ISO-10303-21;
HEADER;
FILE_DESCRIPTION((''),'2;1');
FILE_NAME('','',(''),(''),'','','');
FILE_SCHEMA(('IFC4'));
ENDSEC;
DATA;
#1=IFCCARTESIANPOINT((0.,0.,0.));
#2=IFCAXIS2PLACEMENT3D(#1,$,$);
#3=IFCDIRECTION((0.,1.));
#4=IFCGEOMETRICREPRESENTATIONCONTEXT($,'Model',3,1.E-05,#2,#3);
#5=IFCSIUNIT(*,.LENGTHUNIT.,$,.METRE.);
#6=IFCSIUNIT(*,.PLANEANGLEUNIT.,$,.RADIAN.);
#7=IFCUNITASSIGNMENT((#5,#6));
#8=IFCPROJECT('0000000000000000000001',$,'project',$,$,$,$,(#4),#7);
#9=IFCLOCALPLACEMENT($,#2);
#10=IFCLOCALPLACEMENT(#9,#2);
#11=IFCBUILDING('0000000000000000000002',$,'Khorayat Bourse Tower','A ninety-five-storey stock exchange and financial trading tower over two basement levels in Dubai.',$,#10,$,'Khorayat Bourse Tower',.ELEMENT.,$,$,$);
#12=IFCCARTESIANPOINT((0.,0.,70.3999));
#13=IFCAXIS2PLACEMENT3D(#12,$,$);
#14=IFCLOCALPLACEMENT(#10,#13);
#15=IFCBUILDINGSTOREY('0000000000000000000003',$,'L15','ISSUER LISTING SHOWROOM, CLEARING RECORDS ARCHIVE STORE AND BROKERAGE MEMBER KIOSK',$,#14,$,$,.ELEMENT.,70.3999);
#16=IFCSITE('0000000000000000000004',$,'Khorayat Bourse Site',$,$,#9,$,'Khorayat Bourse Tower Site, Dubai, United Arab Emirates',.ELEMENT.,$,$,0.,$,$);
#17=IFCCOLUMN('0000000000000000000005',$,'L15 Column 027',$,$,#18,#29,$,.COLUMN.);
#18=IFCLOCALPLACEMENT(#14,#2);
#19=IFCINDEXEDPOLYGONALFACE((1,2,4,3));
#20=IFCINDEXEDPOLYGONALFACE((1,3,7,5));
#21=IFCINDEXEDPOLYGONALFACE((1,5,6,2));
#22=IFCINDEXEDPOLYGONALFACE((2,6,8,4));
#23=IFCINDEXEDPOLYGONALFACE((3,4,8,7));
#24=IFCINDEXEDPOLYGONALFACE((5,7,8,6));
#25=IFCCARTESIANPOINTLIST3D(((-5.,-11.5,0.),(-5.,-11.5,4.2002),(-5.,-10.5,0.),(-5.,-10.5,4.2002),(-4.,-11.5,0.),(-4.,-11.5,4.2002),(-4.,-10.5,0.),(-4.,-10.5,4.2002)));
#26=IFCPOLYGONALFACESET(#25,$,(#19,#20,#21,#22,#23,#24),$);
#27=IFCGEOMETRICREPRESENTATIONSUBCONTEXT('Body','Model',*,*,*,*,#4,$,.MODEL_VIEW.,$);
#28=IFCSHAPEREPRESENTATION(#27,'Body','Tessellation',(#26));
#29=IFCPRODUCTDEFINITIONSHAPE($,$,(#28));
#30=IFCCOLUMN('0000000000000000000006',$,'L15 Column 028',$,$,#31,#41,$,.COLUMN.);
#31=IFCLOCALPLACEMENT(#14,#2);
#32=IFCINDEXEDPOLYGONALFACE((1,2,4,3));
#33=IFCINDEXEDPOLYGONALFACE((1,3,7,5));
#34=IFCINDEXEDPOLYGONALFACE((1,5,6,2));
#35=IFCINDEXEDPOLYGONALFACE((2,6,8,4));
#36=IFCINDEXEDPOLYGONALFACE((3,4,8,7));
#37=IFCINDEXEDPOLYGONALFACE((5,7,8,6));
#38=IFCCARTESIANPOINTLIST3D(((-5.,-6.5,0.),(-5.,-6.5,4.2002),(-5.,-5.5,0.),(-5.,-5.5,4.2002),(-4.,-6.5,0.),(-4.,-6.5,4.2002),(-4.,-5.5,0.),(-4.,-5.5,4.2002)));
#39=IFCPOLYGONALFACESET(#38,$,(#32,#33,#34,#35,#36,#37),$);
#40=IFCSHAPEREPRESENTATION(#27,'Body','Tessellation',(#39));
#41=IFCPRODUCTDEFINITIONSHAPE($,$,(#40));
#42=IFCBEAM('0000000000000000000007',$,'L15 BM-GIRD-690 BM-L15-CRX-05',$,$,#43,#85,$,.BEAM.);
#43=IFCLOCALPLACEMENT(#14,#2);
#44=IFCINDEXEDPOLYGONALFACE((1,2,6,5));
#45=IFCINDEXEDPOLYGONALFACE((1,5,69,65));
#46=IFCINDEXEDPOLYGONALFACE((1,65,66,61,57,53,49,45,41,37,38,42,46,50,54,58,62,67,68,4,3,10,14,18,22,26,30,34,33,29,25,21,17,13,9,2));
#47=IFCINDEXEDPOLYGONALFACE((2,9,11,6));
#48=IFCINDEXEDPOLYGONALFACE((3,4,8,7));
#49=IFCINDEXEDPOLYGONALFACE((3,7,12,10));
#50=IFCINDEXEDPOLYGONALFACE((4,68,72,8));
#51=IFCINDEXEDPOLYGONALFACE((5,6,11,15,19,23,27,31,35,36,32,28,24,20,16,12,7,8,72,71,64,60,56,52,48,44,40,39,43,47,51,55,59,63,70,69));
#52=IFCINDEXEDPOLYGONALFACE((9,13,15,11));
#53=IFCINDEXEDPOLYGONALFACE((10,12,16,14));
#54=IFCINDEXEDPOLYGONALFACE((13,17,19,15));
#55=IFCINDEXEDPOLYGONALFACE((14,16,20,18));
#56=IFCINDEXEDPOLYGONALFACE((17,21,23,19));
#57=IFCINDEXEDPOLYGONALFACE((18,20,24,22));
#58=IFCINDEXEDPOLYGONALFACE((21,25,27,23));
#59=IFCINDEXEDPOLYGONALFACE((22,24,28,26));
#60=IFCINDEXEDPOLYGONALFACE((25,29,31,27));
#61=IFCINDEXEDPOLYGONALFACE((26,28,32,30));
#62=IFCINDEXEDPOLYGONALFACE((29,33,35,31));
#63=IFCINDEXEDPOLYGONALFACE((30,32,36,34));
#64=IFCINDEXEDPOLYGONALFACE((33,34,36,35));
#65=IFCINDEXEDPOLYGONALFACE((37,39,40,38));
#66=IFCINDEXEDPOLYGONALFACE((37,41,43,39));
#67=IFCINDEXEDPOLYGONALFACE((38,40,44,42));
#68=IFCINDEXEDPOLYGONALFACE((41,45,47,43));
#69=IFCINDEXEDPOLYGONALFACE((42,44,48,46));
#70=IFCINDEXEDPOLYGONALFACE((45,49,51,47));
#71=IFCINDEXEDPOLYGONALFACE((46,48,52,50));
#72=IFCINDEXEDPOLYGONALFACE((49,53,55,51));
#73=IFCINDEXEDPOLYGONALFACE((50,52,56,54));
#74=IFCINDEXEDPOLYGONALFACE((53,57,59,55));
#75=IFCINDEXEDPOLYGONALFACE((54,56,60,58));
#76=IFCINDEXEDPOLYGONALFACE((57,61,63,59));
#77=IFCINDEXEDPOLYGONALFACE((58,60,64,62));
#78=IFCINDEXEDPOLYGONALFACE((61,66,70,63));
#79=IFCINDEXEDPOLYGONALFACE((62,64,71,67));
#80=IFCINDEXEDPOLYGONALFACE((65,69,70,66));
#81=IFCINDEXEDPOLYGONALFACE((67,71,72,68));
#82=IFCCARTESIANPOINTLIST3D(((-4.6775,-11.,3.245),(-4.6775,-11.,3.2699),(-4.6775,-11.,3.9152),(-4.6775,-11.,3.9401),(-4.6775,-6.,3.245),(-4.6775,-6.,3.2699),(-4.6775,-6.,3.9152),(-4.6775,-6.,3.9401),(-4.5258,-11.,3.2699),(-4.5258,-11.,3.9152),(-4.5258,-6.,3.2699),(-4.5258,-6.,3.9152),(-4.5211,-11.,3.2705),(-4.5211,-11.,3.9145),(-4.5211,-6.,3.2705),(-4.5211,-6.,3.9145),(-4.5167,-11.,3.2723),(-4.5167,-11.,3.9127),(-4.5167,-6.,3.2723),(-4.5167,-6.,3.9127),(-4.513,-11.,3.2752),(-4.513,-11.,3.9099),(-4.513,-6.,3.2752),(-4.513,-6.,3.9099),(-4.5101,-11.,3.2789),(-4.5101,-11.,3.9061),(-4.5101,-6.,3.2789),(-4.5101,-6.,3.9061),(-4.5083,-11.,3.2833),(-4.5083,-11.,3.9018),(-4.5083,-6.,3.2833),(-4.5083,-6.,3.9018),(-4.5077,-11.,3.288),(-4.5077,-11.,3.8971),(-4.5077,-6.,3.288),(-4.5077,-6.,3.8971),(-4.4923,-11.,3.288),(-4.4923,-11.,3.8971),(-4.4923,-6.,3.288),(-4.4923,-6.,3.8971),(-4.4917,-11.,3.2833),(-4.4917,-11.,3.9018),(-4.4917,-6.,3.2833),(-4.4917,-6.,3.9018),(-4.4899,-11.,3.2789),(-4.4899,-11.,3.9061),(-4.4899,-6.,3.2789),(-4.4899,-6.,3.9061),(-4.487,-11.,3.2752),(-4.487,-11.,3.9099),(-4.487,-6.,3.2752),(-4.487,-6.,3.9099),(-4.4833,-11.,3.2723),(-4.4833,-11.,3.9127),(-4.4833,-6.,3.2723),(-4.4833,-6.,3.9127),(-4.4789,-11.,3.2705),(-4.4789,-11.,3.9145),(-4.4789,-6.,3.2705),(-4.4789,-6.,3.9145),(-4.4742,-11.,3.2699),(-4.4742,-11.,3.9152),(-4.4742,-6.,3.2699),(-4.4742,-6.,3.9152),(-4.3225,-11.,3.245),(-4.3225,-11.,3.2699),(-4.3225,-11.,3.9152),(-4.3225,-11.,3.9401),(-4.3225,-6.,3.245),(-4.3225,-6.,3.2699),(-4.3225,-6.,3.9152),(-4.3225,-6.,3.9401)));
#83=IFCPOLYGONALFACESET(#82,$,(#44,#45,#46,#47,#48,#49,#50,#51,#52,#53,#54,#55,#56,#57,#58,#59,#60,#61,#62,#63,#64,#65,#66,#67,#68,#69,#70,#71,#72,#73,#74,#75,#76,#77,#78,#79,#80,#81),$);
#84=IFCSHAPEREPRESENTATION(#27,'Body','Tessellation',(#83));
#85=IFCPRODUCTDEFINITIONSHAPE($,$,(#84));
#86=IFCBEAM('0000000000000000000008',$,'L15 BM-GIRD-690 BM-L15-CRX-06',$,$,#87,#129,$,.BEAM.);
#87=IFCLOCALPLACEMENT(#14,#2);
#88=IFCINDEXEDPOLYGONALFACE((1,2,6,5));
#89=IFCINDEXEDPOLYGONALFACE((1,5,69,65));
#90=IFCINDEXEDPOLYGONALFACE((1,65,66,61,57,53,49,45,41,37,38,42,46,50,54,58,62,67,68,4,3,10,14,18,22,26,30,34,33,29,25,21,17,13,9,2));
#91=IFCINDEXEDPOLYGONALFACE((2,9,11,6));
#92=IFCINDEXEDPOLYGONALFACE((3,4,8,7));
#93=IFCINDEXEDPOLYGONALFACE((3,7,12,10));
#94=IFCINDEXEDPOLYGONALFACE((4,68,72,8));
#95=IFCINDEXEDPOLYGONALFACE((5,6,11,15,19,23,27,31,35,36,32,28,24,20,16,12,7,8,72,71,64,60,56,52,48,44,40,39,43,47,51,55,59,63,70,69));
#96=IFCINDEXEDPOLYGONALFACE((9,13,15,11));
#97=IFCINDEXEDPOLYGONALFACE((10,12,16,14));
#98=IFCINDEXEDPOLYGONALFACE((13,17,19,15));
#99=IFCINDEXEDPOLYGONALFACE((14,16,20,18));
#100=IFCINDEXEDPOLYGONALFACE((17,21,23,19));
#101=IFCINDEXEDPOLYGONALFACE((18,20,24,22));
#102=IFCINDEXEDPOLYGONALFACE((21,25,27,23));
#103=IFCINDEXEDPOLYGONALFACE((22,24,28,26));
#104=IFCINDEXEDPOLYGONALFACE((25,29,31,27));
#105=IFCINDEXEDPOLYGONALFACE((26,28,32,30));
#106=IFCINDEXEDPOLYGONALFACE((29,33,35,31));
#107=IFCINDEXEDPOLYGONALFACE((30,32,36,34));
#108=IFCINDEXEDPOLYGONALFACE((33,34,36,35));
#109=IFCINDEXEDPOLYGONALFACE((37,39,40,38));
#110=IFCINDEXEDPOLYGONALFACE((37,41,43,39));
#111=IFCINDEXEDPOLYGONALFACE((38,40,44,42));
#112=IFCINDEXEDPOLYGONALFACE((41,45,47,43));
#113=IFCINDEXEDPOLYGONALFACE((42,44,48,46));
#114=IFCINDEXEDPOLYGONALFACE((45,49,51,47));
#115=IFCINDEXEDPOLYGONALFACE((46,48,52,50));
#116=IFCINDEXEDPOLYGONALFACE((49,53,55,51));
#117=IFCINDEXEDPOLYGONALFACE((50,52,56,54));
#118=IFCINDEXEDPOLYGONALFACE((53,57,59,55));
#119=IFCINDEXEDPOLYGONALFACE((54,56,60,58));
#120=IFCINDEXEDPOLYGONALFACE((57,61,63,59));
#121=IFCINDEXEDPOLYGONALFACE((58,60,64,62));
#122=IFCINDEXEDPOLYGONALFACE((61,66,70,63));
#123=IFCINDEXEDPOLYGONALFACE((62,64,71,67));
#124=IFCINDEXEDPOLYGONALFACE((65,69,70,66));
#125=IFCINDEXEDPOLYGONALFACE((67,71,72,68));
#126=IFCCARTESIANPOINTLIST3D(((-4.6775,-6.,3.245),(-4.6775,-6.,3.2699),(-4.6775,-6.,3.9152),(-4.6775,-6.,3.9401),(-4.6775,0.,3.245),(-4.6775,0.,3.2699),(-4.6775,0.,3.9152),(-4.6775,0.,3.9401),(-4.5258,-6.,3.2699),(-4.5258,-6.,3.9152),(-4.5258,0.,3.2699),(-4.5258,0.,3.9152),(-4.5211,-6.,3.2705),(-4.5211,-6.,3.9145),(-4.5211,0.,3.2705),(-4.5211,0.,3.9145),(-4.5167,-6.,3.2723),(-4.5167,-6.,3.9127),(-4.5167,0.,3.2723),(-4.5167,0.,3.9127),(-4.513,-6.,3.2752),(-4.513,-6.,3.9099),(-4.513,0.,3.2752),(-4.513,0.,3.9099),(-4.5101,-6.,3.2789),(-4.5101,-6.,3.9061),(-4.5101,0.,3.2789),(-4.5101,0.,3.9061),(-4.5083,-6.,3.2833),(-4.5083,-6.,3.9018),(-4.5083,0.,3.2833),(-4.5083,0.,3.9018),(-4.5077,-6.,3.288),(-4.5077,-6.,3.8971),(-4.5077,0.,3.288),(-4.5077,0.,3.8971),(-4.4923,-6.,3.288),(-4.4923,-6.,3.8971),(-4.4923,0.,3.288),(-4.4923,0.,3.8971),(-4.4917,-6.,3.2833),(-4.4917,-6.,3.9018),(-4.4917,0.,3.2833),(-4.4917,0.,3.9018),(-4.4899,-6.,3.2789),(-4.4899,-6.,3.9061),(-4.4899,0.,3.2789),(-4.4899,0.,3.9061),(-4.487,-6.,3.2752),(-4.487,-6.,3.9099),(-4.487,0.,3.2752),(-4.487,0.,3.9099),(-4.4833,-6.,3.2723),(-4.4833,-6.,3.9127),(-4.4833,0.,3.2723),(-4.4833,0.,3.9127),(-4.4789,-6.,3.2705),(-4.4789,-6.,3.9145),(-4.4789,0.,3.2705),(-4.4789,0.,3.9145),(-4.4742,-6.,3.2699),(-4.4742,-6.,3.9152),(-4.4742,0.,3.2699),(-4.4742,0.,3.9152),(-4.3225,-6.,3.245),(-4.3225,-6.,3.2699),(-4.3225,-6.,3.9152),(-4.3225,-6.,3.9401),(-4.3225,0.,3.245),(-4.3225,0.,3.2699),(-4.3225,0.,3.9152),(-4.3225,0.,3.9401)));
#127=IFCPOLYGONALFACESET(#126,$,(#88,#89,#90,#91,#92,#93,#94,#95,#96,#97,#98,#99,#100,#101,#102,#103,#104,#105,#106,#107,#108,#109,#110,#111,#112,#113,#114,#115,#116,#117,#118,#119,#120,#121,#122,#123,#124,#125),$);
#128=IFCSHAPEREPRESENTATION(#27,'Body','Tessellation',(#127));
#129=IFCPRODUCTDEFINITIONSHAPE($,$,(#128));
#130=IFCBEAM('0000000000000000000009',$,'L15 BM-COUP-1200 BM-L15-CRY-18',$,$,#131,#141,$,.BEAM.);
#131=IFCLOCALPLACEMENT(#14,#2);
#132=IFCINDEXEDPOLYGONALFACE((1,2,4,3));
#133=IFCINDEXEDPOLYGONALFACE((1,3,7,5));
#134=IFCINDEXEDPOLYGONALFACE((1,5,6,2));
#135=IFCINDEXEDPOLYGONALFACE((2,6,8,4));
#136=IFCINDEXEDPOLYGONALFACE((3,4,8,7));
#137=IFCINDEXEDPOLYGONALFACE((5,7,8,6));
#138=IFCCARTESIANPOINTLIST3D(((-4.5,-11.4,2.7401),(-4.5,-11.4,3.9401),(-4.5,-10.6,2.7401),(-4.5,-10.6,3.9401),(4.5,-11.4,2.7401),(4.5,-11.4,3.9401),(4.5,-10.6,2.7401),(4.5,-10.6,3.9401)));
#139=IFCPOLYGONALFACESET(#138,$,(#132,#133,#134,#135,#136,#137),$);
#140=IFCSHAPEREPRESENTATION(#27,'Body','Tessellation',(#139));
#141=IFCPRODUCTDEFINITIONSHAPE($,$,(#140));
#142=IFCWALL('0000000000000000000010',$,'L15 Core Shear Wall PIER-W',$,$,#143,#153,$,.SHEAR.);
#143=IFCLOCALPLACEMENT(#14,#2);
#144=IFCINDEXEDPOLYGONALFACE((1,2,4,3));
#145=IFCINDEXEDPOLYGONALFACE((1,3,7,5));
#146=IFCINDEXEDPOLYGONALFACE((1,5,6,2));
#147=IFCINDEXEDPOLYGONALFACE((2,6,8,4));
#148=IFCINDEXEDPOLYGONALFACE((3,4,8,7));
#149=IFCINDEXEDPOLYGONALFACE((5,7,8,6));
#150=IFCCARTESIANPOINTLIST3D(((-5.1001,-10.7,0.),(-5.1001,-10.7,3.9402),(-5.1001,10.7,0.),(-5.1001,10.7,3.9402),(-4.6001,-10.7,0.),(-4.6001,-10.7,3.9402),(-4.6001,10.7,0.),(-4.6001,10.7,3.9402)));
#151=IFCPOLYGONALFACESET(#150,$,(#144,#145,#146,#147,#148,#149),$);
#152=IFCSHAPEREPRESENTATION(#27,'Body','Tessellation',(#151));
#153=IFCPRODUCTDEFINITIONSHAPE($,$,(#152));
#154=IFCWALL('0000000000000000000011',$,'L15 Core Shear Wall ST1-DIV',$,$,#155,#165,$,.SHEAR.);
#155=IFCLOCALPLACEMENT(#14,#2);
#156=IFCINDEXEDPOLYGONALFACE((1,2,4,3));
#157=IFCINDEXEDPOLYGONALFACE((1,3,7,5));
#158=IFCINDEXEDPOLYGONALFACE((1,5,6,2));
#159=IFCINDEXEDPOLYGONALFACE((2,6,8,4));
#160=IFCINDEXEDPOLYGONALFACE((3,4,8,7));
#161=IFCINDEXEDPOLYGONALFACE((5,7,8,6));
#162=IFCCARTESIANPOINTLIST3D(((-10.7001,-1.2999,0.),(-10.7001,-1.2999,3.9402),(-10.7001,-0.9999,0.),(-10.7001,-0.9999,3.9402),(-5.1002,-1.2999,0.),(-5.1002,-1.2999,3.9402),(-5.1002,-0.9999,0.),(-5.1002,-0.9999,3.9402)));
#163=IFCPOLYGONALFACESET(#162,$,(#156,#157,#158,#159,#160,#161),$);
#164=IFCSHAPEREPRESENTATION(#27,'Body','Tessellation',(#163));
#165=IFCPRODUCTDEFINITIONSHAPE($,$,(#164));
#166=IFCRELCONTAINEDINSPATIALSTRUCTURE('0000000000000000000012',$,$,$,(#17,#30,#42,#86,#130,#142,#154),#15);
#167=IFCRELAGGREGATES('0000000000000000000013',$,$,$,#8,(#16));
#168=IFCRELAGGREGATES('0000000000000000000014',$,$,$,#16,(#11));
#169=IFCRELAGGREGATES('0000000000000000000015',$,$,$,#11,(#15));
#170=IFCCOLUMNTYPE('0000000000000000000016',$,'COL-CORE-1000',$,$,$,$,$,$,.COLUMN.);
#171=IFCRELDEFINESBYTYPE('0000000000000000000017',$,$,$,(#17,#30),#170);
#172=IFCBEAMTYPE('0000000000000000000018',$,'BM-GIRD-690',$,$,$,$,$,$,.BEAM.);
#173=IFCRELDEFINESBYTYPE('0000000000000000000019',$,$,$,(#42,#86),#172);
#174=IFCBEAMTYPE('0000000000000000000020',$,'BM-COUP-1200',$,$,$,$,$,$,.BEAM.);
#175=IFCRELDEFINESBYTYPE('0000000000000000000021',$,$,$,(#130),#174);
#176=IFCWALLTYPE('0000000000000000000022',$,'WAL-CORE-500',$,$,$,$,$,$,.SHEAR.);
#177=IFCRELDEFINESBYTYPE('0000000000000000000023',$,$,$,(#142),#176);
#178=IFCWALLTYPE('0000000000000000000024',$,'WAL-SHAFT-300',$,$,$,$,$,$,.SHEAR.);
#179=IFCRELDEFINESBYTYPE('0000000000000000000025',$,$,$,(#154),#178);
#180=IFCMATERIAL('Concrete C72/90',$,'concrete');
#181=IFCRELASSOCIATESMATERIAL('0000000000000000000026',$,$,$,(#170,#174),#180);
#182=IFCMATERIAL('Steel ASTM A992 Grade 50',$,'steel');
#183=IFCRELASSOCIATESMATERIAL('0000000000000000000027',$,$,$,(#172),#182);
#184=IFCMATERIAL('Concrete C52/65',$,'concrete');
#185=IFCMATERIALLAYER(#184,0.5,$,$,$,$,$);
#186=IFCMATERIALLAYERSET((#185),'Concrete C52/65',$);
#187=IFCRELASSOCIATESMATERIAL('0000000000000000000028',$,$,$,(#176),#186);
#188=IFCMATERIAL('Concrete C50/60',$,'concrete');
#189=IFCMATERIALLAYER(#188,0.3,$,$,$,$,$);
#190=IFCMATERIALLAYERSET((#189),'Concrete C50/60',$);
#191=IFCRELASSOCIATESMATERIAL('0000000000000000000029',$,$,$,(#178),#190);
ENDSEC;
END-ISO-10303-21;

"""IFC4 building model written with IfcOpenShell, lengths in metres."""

from ifc_helpers import new_model, si_unit, direction, frame, frame_2d, origin, origin_2d, place, context, subcontext, project, spatial, rectangle, i_section, extrude, source, transform, mapped, material, layer, layer_set, material_profile, profile_set, type_object, element, save


model = new_model("IFC4")

# Units and contexts
model_context = context("Model", 3, precision=1e-05, world=origin(), true_north=direction((0.0, 1.0)))
body_context = subcontext(model_context, "Body", "Model", "MODEL_VIEW")
ifc_project = project(units=[si_unit("LENGTHUNIT", "METRE"), si_unit("PLANEANGLEUNIT", "RADIAN")], contexts=[model_context])

# Site, building, storey
site_placement = place(None, origin())
site = spatial("IfcSite", under=ifc_project, at=site_placement, Name="Khorayat Bourse Site", LongName="Khorayat Bourse Tower Site, Dubai, United Arab Emirates", CompositionType="ELEMENT", RefElevation=0.0)
building_placement = place(site_placement, origin())
building = spatial("IfcBuilding", under=site, at=building_placement, Name="Khorayat Bourse Tower", Description="A ninety-five-storey stock exchange and financial trading tower over two basement levels in Dubai.", LongName="Khorayat Bourse Tower", CompositionType="ELEMENT")
storey_placement = place(building_placement, frame((0.0, 0.0, 70.3999)))
storey = spatial("IfcBuildingStorey", under=building, at=storey_placement, Name="L15", Description="ISSUER LISTING SHOWROOM, CLEARING RECORDS ARCHIVE STORE AND BROKERAGE MEMBER KIOSK", CompositionType="ELEMENT", Elevation=70.3999)

# Columns
ifc_material_1 = material(Name="Concrete C72/90", Category="concrete")
ifc_material_profile_1 = material_profile(ifc_material_1, rectangle(XDim=1.0, YDim=1.0, at=origin_2d()), Name="RC 1000x1000")
ifc_profile_set_1 = profile_set([ifc_material_profile_1], Name="Concrete C72/90")
column_type = type_object("IfcColumnType", Name="COL-CORE-1000", PredefinedType="COLUMN", material=ifc_profile_set_1)
shared_shape_1 = source(origin(), body_context, "Body", "SweptSolid", [
    extrude(rectangle(XDim=1.0, YDim=1.0, at=origin_2d()), origin(), (0.0, 0.0, 1.0), 4.2002),
])
for number, where, z_axis, x_axis, name in (
    (1, (-4.5, -11.0, 0.0), (0.0, 0.0, 1.0), (1.0, 0.0, 0.0), "L15 Column 027"),
    (2, (-4.5, -6.0, 0.0), (0.0, 0.0, 1.0), (1.0, 0.0, 0.0), "L15 Column 028"),
):
    element("IfcColumn", number, at=place(storey_placement, frame(where, z_axis=z_axis, x_axis=x_axis)), inside=storey, type_object=column_type, Name=name, PredefinedType="COLUMN", context=body_context, shape_type="MappedRepresentation", body=[
        mapped(shared_shape_1, transform((0.0, 0.0, 0.0), scale=1.0)),
    ])

# Beams
ifc_material_2 = material(Name="Steel ASTM A992 Grade 50", Category="steel")
ifc_material_profile_2 = material_profile(ifc_material_2, i_section(OverallWidth=0.355, OverallDepth=0.6951, WebThickness=0.0154, FlangeThickness=0.0249, FilletRadius=0.0181, at=origin_2d()), Name="W690X217")
ifc_profile_set_2 = profile_set([ifc_material_profile_2], Name="Steel ASTM A992 Grade 50")
beam_type_1 = type_object("IfcBeamType", Name="BM-GIRD-690", PredefinedType="BEAM", material=ifc_profile_set_2)
shared_shape_2 = source(origin(), body_context, "Body", "SweptSolid", [
    extrude(i_section(OverallWidth=0.355, OverallDepth=0.6951, WebThickness=0.0154, FlangeThickness=0.0249, FilletRadius=0.0181, at=origin_2d()), origin(), (0.0, 0.0, 1.0), 5.0),
])
beam_1_placement = place(storey_placement, frame((-4.5, -11.0, 3.5925), z_axis=(0.0, 1.0, 0.0), x_axis=(-1.0, 0.0, 0.0)))
element("IfcBeam", 3, at=beam_1_placement, inside=storey, type_object=beam_type_1, Name="L15 BM-GIRD-690 BM-L15-CRX-05", PredefinedType="BEAM", context=body_context, shape_type="MappedRepresentation", body=[
    mapped(shared_shape_2, transform((0.0, 0.0, 0.0), scale=1.0)),
])
shared_shape_3 = source(origin(), body_context, "Body", "SweptSolid", [
    extrude(i_section(OverallWidth=0.355, OverallDepth=0.6951, WebThickness=0.0154, FlangeThickness=0.0249, FilletRadius=0.0181, at=origin_2d()), origin(), (0.0, 0.0, 1.0), 6.0),
])
beam_2_placement = place(storey_placement, frame((-4.5, -6.0, 3.5925), z_axis=(0.0, 1.0, 0.0), x_axis=(-1.0, 0.0, 0.0)))
element("IfcBeam", 4, at=beam_2_placement, inside=storey, type_object=beam_type_1, Name="L15 BM-GIRD-690 BM-L15-CRX-06", PredefinedType="BEAM", context=body_context, shape_type="MappedRepresentation", body=[
    mapped(shared_shape_3, transform((0.0, 0.0, 0.0), scale=1.0)),
])
ifc_material_profile_3 = material_profile(ifc_material_1, rectangle(XDim=0.8, YDim=1.2, at=origin_2d()), Name="RC 800x1200")
ifc_profile_set_3 = profile_set([ifc_material_profile_3], Name="Concrete C72/90")
beam_type_2 = type_object("IfcBeamType", Name="BM-COUP-1200", PredefinedType="BEAM", material=ifc_profile_set_3)
shared_shape_4 = source(origin(), body_context, "Body", "SweptSolid", [
    extrude(rectangle(XDim=0.8, YDim=1.2, at=origin_2d()), origin(), (0.0, 0.0, 1.0), 9.0),
])
beam_3_placement = place(storey_placement, frame((-4.5, -11.0, 3.3401), z_axis=(1.0, 0.0, 0.0), x_axis=(0.0, 1.0, 0.0)))
element("IfcBeam", 5, at=beam_3_placement, inside=storey, type_object=beam_type_2, Name="L15 BM-COUP-1200 BM-L15-CRY-18", PredefinedType="BEAM", context=body_context, shape_type="MappedRepresentation", body=[
    mapped(shared_shape_4, transform((0.0, 0.0, 0.0), scale=1.0)),
])

# Walls
ifc_material_3 = material(Name="Concrete C52/65", Category="concrete")
ifc_layer_1 = layer(ifc_material_3, 0.5)
ifc_layer_set_1 = layer_set([ifc_layer_1], Name="Concrete C52/65")
wall_type_1 = type_object("IfcWallType", Name="WAL-CORE-500", PredefinedType="SHEAR", material=ifc_layer_set_1)
shared_shape_5 = source(origin(), body_context, "Body", "SweptSolid", [
    extrude(rectangle(XDim=21.3999, YDim=0.5, at=frame_2d((10.7, 0.0))), origin(), (0.0, 0.0, 1.0), 3.9402),
])
wall_1_placement = place(storey_placement, frame((-4.8501, -10.7, 0.0), z_axis=(0.0, 0.0, 1.0), x_axis=(0.0, 1.0, 0.0)))
element("IfcWall", 6, at=wall_1_placement, inside=storey, type_object=wall_type_1, Name="L15 Core Shear Wall PIER-W", PredefinedType="SHEAR", context=body_context, shape_type="MappedRepresentation", body=[
    mapped(shared_shape_5, transform((0.0, 0.0, 0.0), scale=1.0)),
])
ifc_material_4 = material(Name="Concrete C50/60", Category="concrete")
ifc_layer_2 = layer(ifc_material_4, 0.3)
ifc_layer_set_2 = layer_set([ifc_layer_2], Name="Concrete C50/60")
wall_type_2 = type_object("IfcWallType", Name="WAL-SHAFT-300", PredefinedType="SHEAR", material=ifc_layer_set_2)
shared_shape_6 = source(origin(), body_context, "Body", "SweptSolid", [
    extrude(rectangle(XDim=5.5999, YDim=0.3, at=frame_2d((2.7998, 0.0))), origin(), (0.0, 0.0, 1.0), 3.9402),
])
wall_2_placement = place(storey_placement, frame((-10.7, -1.1499, 0.0), z_axis=(0.0, 0.0, 1.0), x_axis=(1.0, 0.0, 0.0)))
element("IfcWall", 7, at=wall_2_placement, inside=storey, type_object=wall_type_2, Name="L15 Core Shear Wall ST1-DIV", PredefinedType="SHEAR", context=body_context, shape_type="MappedRepresentation", body=[
    mapped(shared_shape_6, transform((0.0, 0.0, 0.0), scale=1.0)),
])

save(model, "model.ifc")
